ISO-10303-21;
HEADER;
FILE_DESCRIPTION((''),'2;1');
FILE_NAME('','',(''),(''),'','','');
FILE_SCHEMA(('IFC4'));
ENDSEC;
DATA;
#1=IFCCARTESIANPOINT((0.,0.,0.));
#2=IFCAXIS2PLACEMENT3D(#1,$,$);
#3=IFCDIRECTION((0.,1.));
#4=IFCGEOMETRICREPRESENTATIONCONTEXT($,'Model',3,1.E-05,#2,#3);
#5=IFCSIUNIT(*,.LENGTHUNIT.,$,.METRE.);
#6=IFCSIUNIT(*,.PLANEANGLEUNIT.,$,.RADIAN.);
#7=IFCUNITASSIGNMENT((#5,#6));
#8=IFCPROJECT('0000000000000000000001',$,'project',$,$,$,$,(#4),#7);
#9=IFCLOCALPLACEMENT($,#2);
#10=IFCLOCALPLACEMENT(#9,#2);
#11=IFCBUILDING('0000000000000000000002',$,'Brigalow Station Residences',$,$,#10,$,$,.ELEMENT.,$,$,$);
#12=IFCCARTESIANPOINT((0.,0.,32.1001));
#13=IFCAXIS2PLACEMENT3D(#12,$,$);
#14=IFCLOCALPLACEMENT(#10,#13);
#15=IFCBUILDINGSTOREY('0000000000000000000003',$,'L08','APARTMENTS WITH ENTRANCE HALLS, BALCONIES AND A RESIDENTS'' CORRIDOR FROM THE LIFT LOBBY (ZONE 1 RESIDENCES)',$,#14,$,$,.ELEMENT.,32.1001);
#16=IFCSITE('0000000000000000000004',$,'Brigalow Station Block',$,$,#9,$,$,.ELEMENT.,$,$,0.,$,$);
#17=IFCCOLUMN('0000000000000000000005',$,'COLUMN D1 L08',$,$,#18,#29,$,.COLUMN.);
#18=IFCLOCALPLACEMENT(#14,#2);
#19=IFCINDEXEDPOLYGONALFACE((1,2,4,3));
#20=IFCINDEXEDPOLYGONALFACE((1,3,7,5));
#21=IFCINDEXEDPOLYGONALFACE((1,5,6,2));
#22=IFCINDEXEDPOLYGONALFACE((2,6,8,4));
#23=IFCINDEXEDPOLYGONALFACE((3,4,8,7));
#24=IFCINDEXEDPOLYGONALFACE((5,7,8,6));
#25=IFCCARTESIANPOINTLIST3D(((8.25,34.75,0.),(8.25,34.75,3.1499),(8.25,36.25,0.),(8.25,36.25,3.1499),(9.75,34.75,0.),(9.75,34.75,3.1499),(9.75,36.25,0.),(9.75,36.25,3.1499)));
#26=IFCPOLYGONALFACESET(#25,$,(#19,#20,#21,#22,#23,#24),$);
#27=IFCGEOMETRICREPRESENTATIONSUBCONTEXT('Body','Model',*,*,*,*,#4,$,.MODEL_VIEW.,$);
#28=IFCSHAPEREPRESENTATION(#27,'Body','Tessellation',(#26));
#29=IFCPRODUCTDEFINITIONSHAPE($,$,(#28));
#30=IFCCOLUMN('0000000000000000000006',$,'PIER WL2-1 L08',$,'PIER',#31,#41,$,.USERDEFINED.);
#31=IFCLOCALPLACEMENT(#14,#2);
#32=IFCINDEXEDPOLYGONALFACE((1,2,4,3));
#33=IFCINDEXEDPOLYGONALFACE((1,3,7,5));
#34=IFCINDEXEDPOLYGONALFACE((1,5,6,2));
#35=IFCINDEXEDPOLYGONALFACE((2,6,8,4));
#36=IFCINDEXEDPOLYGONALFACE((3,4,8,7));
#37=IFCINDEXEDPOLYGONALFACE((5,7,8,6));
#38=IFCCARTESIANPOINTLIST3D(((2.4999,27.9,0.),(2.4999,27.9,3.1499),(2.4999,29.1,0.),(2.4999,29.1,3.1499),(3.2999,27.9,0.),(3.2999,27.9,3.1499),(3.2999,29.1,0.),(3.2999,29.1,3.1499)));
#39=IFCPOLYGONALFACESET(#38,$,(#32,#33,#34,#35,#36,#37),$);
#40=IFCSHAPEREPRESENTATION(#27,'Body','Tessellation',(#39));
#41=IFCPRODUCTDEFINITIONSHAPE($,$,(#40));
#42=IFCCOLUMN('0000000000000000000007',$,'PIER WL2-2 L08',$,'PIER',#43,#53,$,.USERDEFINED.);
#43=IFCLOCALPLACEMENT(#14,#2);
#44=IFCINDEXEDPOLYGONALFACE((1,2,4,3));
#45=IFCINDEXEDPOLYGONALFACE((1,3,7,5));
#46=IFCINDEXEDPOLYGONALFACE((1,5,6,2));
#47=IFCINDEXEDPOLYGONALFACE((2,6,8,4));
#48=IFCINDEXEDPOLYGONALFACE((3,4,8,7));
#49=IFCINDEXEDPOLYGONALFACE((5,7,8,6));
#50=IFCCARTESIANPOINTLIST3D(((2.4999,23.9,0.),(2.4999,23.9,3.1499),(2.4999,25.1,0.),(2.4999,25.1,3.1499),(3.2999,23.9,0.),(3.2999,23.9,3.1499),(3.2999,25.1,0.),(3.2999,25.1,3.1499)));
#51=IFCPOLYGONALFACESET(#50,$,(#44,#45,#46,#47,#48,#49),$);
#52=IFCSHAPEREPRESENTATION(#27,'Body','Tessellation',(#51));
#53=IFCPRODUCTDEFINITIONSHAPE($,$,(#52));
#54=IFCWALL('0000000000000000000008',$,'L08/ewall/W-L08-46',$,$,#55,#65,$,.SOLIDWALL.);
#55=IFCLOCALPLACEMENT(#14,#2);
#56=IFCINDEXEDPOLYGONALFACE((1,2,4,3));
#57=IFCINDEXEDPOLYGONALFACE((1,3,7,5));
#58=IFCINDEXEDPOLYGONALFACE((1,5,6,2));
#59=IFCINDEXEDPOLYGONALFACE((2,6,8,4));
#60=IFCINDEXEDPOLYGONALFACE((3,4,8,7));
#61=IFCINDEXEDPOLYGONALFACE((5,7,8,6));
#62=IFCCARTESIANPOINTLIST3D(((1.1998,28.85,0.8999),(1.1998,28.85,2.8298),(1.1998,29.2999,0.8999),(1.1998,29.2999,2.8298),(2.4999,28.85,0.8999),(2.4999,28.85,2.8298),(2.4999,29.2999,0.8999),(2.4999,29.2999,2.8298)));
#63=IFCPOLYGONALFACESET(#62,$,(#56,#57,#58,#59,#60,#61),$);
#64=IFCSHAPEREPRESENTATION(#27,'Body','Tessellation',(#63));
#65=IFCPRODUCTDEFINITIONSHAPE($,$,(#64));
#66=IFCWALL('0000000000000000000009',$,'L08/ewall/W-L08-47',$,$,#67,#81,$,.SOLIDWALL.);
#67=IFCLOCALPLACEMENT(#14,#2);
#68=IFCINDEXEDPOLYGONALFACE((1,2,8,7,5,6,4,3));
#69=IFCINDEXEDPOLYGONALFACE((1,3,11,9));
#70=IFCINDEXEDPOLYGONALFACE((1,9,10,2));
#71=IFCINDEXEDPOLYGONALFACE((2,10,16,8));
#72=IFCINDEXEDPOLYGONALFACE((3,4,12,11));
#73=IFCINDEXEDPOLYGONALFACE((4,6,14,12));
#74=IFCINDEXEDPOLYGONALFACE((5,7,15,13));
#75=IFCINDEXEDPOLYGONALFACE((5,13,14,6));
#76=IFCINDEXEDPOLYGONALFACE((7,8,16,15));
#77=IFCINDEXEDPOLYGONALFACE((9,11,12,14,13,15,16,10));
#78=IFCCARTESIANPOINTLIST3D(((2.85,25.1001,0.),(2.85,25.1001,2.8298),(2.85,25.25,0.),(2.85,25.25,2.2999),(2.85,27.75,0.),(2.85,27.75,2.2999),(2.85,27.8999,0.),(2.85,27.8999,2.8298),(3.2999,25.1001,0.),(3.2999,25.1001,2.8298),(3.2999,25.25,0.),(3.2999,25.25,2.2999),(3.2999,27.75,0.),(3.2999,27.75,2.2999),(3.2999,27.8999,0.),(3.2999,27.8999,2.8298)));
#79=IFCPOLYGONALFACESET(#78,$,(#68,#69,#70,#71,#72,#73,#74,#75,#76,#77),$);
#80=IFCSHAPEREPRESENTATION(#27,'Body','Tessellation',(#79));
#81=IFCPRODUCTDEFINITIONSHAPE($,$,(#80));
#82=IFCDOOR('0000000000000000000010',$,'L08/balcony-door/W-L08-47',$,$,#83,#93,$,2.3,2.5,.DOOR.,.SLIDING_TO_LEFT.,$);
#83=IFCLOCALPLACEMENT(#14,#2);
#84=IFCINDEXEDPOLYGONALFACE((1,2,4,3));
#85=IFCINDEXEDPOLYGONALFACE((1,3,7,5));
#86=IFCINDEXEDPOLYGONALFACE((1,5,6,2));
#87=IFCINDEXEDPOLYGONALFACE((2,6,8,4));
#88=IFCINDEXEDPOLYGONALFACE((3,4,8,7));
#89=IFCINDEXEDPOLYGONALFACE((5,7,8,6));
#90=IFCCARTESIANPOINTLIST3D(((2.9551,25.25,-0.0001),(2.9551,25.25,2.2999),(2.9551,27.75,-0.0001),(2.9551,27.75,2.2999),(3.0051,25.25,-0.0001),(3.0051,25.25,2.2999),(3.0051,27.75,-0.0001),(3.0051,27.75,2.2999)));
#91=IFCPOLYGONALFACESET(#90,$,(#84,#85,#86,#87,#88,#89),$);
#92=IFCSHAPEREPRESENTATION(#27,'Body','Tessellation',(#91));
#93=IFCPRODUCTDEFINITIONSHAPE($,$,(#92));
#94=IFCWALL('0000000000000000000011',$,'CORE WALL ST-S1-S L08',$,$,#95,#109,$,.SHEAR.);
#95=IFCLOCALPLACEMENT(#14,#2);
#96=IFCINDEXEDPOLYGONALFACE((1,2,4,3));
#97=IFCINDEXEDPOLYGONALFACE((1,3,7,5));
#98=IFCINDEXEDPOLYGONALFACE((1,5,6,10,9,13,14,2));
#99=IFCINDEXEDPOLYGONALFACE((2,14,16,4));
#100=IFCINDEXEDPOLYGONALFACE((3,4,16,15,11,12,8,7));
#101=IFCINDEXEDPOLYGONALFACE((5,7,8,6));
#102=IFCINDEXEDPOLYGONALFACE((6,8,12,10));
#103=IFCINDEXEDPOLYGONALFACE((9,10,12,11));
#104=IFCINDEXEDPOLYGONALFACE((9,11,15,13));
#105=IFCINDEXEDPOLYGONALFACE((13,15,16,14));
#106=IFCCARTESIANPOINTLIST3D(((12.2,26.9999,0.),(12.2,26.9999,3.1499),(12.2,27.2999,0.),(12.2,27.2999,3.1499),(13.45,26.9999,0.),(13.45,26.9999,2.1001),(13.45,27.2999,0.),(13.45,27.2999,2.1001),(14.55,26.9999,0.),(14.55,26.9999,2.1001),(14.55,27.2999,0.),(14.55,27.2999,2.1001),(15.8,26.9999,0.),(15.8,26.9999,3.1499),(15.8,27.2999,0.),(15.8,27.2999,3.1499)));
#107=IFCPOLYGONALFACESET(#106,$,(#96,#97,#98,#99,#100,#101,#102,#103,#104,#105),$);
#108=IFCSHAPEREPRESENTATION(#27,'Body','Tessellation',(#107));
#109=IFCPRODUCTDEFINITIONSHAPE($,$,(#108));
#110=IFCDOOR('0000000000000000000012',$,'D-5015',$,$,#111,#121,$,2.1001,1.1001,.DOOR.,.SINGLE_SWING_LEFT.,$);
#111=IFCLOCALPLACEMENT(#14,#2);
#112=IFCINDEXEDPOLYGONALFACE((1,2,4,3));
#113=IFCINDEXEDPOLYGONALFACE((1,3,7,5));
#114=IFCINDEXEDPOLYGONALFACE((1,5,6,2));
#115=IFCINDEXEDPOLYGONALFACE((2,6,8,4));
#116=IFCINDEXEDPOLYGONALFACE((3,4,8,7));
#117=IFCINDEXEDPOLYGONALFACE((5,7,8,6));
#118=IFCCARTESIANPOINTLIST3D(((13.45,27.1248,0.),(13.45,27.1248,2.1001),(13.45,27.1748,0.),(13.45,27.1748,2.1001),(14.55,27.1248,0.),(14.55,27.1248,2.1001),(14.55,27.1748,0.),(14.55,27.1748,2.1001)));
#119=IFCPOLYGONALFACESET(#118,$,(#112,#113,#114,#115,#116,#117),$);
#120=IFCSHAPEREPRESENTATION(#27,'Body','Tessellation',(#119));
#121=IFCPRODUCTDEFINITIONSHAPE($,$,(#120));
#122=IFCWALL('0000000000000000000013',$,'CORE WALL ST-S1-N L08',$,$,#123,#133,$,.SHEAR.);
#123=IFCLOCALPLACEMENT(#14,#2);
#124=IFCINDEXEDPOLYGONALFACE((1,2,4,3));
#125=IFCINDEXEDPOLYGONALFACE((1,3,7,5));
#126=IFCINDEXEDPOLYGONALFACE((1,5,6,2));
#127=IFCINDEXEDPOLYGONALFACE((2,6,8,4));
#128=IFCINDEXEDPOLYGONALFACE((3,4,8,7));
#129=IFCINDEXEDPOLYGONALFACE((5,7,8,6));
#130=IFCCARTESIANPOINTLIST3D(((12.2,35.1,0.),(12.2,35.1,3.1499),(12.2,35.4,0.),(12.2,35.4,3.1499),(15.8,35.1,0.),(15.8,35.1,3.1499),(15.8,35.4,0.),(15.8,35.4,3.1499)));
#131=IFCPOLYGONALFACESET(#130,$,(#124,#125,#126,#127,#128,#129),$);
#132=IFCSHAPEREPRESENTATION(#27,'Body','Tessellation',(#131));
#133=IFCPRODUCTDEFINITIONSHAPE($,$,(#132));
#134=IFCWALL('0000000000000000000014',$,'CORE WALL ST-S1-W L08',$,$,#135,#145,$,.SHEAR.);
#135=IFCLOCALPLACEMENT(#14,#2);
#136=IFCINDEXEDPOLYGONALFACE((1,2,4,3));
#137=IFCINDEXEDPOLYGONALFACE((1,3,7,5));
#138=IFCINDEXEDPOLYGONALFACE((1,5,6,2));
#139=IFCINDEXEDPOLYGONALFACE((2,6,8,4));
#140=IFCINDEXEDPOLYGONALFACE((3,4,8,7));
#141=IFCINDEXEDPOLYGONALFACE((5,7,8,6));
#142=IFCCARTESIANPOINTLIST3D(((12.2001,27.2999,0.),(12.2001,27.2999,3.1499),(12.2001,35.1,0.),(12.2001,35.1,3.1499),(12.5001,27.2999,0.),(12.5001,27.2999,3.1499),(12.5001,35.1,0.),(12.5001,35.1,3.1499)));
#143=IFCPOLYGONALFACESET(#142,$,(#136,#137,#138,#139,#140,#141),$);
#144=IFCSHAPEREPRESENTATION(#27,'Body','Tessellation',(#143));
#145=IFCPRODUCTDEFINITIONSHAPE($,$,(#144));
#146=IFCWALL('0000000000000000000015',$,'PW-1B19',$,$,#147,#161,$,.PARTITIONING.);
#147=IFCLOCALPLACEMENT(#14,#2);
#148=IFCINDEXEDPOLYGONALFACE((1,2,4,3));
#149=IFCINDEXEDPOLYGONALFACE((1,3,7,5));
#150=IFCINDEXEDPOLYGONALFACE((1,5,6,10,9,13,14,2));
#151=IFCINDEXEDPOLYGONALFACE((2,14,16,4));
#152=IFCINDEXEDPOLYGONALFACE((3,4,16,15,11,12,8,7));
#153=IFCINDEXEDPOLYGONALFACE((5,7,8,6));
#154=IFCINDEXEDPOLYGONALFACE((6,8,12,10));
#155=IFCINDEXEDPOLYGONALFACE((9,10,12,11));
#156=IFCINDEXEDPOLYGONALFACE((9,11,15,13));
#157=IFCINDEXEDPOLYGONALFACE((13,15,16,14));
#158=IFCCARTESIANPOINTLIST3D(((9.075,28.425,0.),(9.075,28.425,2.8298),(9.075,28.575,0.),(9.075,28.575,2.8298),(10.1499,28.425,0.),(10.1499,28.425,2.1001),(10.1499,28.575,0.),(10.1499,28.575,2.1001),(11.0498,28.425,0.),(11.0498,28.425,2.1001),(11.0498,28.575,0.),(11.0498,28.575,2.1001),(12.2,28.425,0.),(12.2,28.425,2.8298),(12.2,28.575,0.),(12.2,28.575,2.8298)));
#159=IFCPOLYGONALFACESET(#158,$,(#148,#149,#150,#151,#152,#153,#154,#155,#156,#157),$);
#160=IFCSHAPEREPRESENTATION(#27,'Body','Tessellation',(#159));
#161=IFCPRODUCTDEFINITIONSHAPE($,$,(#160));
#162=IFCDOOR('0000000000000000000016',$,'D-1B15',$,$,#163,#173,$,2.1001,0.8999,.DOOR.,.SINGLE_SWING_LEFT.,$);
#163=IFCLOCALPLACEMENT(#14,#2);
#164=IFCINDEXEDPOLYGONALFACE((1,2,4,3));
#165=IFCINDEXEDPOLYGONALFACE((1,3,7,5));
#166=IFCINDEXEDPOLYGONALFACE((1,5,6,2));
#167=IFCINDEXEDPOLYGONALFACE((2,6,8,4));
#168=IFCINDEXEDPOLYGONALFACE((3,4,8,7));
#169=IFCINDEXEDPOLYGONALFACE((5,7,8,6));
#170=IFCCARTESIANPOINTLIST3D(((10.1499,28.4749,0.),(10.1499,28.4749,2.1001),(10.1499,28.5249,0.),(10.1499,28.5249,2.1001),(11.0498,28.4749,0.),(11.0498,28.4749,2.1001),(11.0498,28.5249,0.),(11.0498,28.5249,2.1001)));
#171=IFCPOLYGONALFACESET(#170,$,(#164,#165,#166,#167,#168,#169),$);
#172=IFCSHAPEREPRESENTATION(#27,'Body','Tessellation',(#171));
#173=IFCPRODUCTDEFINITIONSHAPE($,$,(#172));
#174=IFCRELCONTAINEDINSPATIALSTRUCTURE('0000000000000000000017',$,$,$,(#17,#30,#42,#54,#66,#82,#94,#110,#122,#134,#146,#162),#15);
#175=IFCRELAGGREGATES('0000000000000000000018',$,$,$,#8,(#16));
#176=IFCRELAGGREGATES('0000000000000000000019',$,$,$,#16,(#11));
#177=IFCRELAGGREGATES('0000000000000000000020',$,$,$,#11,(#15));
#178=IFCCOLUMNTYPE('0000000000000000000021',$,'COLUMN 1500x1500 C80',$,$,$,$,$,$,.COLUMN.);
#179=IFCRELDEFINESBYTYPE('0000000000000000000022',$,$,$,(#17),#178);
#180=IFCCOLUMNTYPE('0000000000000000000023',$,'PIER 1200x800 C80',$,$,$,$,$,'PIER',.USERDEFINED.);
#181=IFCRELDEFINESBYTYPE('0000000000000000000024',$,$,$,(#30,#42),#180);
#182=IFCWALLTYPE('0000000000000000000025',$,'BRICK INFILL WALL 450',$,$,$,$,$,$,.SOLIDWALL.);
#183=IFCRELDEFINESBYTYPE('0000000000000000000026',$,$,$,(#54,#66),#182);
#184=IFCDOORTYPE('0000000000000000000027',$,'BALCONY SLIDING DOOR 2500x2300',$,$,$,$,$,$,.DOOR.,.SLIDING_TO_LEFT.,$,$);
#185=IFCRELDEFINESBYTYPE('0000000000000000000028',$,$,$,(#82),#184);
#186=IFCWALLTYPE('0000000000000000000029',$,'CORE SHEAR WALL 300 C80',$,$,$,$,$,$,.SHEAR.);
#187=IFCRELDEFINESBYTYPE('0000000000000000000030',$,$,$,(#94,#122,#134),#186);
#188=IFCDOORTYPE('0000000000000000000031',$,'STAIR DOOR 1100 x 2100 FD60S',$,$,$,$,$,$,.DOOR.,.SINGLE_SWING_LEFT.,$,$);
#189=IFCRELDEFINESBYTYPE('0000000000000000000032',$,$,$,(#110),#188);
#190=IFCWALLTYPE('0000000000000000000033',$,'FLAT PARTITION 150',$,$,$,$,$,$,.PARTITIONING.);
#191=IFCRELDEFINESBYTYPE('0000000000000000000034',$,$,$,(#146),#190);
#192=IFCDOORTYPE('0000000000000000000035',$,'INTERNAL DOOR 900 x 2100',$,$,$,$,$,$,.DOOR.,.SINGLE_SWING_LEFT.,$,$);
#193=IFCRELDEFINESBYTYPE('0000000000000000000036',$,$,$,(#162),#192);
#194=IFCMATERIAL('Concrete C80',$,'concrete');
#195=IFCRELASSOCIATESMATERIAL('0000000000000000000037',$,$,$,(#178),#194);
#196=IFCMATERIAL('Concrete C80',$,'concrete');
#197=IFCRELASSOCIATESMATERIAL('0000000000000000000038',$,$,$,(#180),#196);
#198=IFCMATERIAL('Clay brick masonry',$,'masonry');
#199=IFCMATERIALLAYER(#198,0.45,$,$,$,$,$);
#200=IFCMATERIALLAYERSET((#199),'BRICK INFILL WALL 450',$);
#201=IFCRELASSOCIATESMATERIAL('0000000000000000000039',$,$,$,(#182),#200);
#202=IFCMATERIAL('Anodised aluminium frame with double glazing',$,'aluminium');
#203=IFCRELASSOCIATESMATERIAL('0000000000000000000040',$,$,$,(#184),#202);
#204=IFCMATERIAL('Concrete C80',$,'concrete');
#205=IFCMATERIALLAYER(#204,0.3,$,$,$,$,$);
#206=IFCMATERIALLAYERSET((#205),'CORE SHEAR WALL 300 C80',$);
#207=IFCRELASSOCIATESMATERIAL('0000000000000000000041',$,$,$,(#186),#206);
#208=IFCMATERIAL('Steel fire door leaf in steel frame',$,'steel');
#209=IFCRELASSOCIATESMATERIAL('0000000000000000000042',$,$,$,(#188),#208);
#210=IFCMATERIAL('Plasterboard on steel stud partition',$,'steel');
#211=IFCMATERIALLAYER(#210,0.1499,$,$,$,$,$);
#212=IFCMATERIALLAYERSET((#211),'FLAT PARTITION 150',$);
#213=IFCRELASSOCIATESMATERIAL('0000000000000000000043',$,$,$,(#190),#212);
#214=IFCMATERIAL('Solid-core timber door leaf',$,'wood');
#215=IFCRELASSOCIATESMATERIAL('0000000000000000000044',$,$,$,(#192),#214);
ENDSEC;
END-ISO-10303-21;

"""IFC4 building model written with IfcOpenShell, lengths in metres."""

from ifc_helpers import new_model, si_unit, direction, frame, frame_2d, origin, origin_2d, place, context, subcontext, project, spatial, rectangle, extrude, material, layer, layer_set, material_profile, profile_set, type_object, element, fill, save


model = new_model("IFC4")

# Units and contexts
model_context = context("Model", 3, precision=1e-05, world=origin(), true_north=direction((0.0, 1.0)))
body_context = subcontext(model_context, "Body", "Model", "MODEL_VIEW")
ifc_project = project(units=[si_unit("LENGTHUNIT", "METRE"), si_unit("PLANEANGLEUNIT", "RADIAN")], contexts=[model_context])

# Site, building, storey
site_placement = place(None, origin())
site = spatial("IfcSite", under=ifc_project, at=site_placement, Name="Brigalow Station Block", CompositionType="ELEMENT", RefElevation=0.0)
building_placement = place(site_placement, origin())
building = spatial("IfcBuilding", under=site, at=building_placement, Name="Brigalow Station Residences", CompositionType="ELEMENT")
storey_placement = place(building_placement, frame((0.0, 0.0, 32.1001)))
storey = spatial("IfcBuildingStorey", under=building, at=storey_placement, Name="L08", Description="APARTMENTS WITH ENTRANCE HALLS, BALCONIES AND A RESIDENTS' CORRIDOR FROM THE LIFT LOBBY (ZONE 1 RESIDENCES)", CompositionType="ELEMENT", Elevation=32.1001)

# Columns
ifc_material_1 = material(Name="Concrete C80", Category="concrete")
ifc_material_profile_1 = material_profile(ifc_material_1, rectangle(XDim=1.5, YDim=1.5, at=origin_2d()), Name="RC1500x1500")
ifc_profile_set_1 = profile_set([ifc_material_profile_1], Name="Concrete C80")
column_type_1 = type_object("IfcColumnType", Name="COLUMN 1500x1500 C80", PredefinedType="COLUMN", material=ifc_profile_set_1)
column_placement = place(storey_placement, frame((9.0, 35.5, 0.0), z_axis=(0.0, 0.0, 1.0), x_axis=(1.0, 0.0, 0.0)))
element("IfcColumn", 1, at=column_placement, inside=storey, type_object=column_type_1, Name="COLUMN D1 L08", PredefinedType="COLUMN", context=body_context, shape_type="SweptSolid", body=[
    extrude(rectangle(XDim=1.5, YDim=1.5, at=origin_2d()), origin(), (0.0, 0.0, 1.0), 3.1499),
])
ifc_material_2 = material(Name="Concrete C80", Category="concrete")
ifc_material_profile_2 = material_profile(ifc_material_2, rectangle(XDim=1.2, YDim=0.8, at=origin_2d()), Name="RC1200x800")
ifc_profile_set_2 = profile_set([ifc_material_profile_2], Name="Concrete C80")
column_type_2 = type_object("IfcColumnType", Name="PIER 1200x800 C80", ElementType="PIER", PredefinedType="USERDEFINED", material=ifc_profile_set_2)
for number, where, z_axis, x_axis, name in (
    (2, (2.8999, 28.5, 0.0), (0.0, 0.0, 1.0), (0.0, -1.0, 0.0), "PIER WL2-1 L08"),
    (3, (2.8999, 24.5, 0.0), (0.0, 0.0, 1.0), (0.0, -1.0, 0.0), "PIER WL2-2 L08"),
):
    element("IfcColumn", number, at=place(storey_placement, frame(where, z_axis=z_axis, x_axis=x_axis)), inside=storey, type_object=column_type_2, Name=name, ObjectType="PIER", PredefinedType="USERDEFINED", context=body_context, shape_type="SweptSolid", body=[
        extrude(rectangle(XDim=1.2, YDim=0.8, at=origin_2d()), origin(), (0.0, 0.0, 1.0), 3.1499),
    ])

# Wall
ifc_material_3 = material(Name="Clay brick masonry", Category="masonry")
ifc_layer_1 = layer(ifc_material_3, 0.45)
ifc_layer_set_1 = layer_set([ifc_layer_1], Name="BRICK INFILL WALL 450")
wall_type_1 = type_object("IfcWallType", Name="BRICK INFILL WALL 450", PredefinedType="SOLIDWALL", material=ifc_layer_set_1)
wall_1_placement = place(storey_placement, frame((1.2, 29.075, 0.8999), z_axis=(0.0, 0.0, 1.0), x_axis=(1.0, 0.0, 0.0)))
element("IfcWall", 4, at=wall_1_placement, inside=storey, type_object=wall_type_1, Name="L08/ewall/W-L08-46", PredefinedType="SOLIDWALL", context=body_context, shape_type="SweptSolid", body=[
    extrude(rectangle(XDim=1.3, YDim=0.45, at=frame_2d((0.6499, 0.0))), origin(), (0.0, 0.0, 1.0), 1.9299),
])

# Walls, openings, doors
wall_2_placement = place(storey_placement, frame((3.075, 27.8999, 0.0), z_axis=(0.0, 0.0, 1.0), x_axis=(0.0, -1.0, 0.0)))
wall_2 = element("IfcWall", 5, at=wall_2_placement, inside=storey, type_object=wall_type_1, Name="L08/ewall/W-L08-47", PredefinedType="SOLIDWALL", context=body_context, shape_type="SweptSolid", body=[
    extrude(rectangle(XDim=2.7998, YDim=0.45, at=frame_2d((1.3999, 0.0))), origin(), (0.0, 0.0, 1.0), 2.8298),
])
opening_1_placement = place(wall_2_placement, frame((0.1499, 0.0, 0.0)))
opening_1 = element("IfcOpeningElement", 6, at=opening_1_placement, cuts=wall_2, PredefinedType="OPENING", context=body_context, shape_type="SweptSolid", body=[
    extrude(rectangle(XDim=2.5, YDim=2.3, at=frame_2d((1.25, 1.1499))), frame((0.0, 0.2349, 0.0), z_axis=(0.0, -1.0, 0.0), x_axis=(1.0, 0.0, 0.0)), (0.0, 0.0, 1.0), 0.47),
])
ifc_material_4 = material(Name="Anodised aluminium frame with double glazing", Category="aluminium")
door_type_1 = type_object("IfcDoorType", Name="BALCONY SLIDING DOOR 2500x2300", OperationType="SLIDING_TO_LEFT", PredefinedType="DOOR", material=ifc_material_4)
door_1_placement = place(opening_1_placement, origin())
door_1 = element("IfcDoor", 7, at=door_1_placement, inside=storey, type_object=door_type_1, Name="L08/balcony-door/W-L08-47", OperationType="SLIDING_TO_LEFT", OverallHeight=2.3, OverallWidth=2.5, PredefinedType="DOOR", context=body_context, shape_type="SweptSolid", body=[
    extrude(rectangle(XDim=2.5, YDim=2.3, at=frame_2d((1.25, 1.1499))), frame((0.0, -0.0698, 0.0), z_axis=(0.0, -1.0, 0.0), x_axis=(1.0, 0.0, 0.0)), (0.0, 0.0, 1.0), 0.05),
])
fill(opening_1, door_1)
ifc_material_5 = material(Name="Concrete C80", Category="concrete")
ifc_layer_2 = layer(ifc_material_5, 0.3)
ifc_layer_set_2 = layer_set([ifc_layer_2], Name="CORE SHEAR WALL 300 C80")
wall_type_2 = type_object("IfcWallType", Name="CORE SHEAR WALL 300 C80", PredefinedType="SHEAR", material=ifc_layer_set_2)
wall_3_placement = place(storey_placement, frame((12.2, 27.1499, 0.0), z_axis=(0.0, 0.0, 1.0), x_axis=(1.0, 0.0, 0.0)))
wall_3 = element("IfcWall", 8, at=wall_3_placement, inside=storey, type_object=wall_type_2, Name="CORE WALL ST-S1-S L08", PredefinedType="SHEAR", context=body_context, shape_type="SweptSolid", body=[
    extrude(rectangle(XDim=3.6001, YDim=0.3, at=frame_2d((1.8, 0.0))), origin(), (0.0, 0.0, 1.0), 3.1499),
])
opening_2_placement = place(wall_3_placement, frame((1.25, 0.0, 0.0)))
opening_2 = element("IfcOpeningElement", 9, at=opening_2_placement, cuts=wall_3, PredefinedType="OPENING", context=body_context, shape_type="SweptSolid", body=[
    extrude(rectangle(XDim=1.1001, YDim=2.1001, at=frame_2d((0.55, 1.05))), frame((0.0, 0.1602, 0.0), z_axis=(0.0, -1.0, 0.0), x_axis=(1.0, 0.0, 0.0)), (0.0, 0.0, 1.0), 0.3201),
])
ifc_material_6 = material(Name="Steel fire door leaf in steel frame", Category="steel")
door_type_2 = type_object("IfcDoorType", Name="STAIR DOOR 1100 x 2100 FD60S", OperationType="SINGLE_SWING_LEFT", PredefinedType="DOOR", material=ifc_material_6)
door_2_placement = place(opening_2_placement, origin())
door_2 = element("IfcDoor", 10, at=door_2_placement, inside=storey, type_object=door_type_2, Name="D-5015", OperationType="SINGLE_SWING_LEFT", OverallHeight=2.1001, OverallWidth=1.1001, PredefinedType="DOOR", context=body_context, shape_type="SweptSolid", body=[
    extrude(rectangle(XDim=1.1001, YDim=2.1001, at=frame_2d((0.55, 1.05))), frame((0.0, 0.0249, 0.0), z_axis=(0.0, -1.0, 0.0), x_axis=(1.0, 0.0, 0.0)), (0.0, 0.0, 1.0), 0.05),
])
fill(opening_2, door_2)

# Walls
wall_4_placement = place(storey_placement, frame((12.2, 35.25, 0.0), z_axis=(0.0, 0.0, 1.0), x_axis=(1.0, 0.0, 0.0)))
element("IfcWall", 11, at=wall_4_placement, inside=storey, type_object=wall_type_2, Name="CORE WALL ST-S1-N L08", PredefinedType="SHEAR", context=body_context, shape_type="SweptSolid", body=[
    extrude(rectangle(XDim=3.6001, YDim=0.3, at=frame_2d((1.8, 0.0))), origin(), (0.0, 0.0, 1.0), 3.1499),
])
wall_5_placement = place(storey_placement, frame((12.3501, 27.3, 0.0), z_axis=(0.0, 0.0, 1.0), x_axis=(0.0, 1.0, 0.0)))
element("IfcWall", 12, at=wall_5_placement, inside=storey, type_object=wall_type_2, Name="CORE WALL ST-S1-W L08", PredefinedType="SHEAR", context=body_context, shape_type="SweptSolid", body=[
    extrude(rectangle(XDim=7.8, YDim=0.3, at=frame_2d((3.8999, 0.0))), origin(), (0.0, 0.0, 1.0), 3.1499),
])

# Wall, opening, door
ifc_material_7 = material(Name="Plasterboard on steel stud partition", Category="steel")
ifc_layer_3 = layer(ifc_material_7, 0.1499)
ifc_layer_set_3 = layer_set([ifc_layer_3], Name="FLAT PARTITION 150")
wall_type_3 = type_object("IfcWallType", Name="FLAT PARTITION 150", PredefinedType="PARTITIONING", material=ifc_layer_set_3)
wall_6_placement = place(storey_placement, frame((9.075, 28.5, 0.0), z_axis=(0.0, 0.0, 1.0), x_axis=(1.0, 0.0, 0.0)))
wall_6 = element("IfcWall", 13, at=wall_6_placement, inside=storey, type_object=wall_type_3, Name="PW-1B19", PredefinedType="PARTITIONING", context=body_context, shape_type="SweptSolid", body=[
    extrude(rectangle(XDim=3.125, YDim=0.1499, at=frame_2d((1.5625, 0.0))), origin(), (0.0, 0.0, 1.0), 2.8298),
])
opening_3_placement = place(wall_6_placement, frame((1.075, 0.0, 0.0)))
opening_3 = element("IfcOpeningElement", 14, at=opening_3_placement, cuts=wall_6, PredefinedType="OPENING", context=body_context, shape_type="SweptSolid", body=[
    extrude(rectangle(XDim=0.8999, YDim=2.1001, at=frame_2d((0.45, 1.05))), frame((0.0, 0.085, 0.0), z_axis=(0.0, -1.0, 0.0), x_axis=(1.0, 0.0, 0.0)), (0.0, 0.0, 1.0), 0.1699),
])
ifc_material_8 = material(Name="Solid-core timber door leaf", Category="wood")
door_type_3 = type_object("IfcDoorType", Name="INTERNAL DOOR 900 x 2100", OperationType="SINGLE_SWING_LEFT", PredefinedType="DOOR", material=ifc_material_8)
door_3_placement = place(opening_3_placement, origin())
door_3 = element("IfcDoor", 15, at=door_3_placement, inside=storey, type_object=door_type_3, Name="D-1B15", OperationType="SINGLE_SWING_LEFT", OverallHeight=2.1001, OverallWidth=0.8999, PredefinedType="DOOR", context=body_context, shape_type="SweptSolid", body=[
    extrude(rectangle(XDim=0.8999, YDim=2.1001, at=frame_2d((0.45, 1.05))), frame((0.0, 0.0249, 0.0), z_axis=(0.0, -1.0, 0.0), x_axis=(1.0, 0.0, 0.0)), (0.0, 0.0, 1.0), 0.05),
])
fill(opening_3, door_3)

save(model, "model.ifc")
